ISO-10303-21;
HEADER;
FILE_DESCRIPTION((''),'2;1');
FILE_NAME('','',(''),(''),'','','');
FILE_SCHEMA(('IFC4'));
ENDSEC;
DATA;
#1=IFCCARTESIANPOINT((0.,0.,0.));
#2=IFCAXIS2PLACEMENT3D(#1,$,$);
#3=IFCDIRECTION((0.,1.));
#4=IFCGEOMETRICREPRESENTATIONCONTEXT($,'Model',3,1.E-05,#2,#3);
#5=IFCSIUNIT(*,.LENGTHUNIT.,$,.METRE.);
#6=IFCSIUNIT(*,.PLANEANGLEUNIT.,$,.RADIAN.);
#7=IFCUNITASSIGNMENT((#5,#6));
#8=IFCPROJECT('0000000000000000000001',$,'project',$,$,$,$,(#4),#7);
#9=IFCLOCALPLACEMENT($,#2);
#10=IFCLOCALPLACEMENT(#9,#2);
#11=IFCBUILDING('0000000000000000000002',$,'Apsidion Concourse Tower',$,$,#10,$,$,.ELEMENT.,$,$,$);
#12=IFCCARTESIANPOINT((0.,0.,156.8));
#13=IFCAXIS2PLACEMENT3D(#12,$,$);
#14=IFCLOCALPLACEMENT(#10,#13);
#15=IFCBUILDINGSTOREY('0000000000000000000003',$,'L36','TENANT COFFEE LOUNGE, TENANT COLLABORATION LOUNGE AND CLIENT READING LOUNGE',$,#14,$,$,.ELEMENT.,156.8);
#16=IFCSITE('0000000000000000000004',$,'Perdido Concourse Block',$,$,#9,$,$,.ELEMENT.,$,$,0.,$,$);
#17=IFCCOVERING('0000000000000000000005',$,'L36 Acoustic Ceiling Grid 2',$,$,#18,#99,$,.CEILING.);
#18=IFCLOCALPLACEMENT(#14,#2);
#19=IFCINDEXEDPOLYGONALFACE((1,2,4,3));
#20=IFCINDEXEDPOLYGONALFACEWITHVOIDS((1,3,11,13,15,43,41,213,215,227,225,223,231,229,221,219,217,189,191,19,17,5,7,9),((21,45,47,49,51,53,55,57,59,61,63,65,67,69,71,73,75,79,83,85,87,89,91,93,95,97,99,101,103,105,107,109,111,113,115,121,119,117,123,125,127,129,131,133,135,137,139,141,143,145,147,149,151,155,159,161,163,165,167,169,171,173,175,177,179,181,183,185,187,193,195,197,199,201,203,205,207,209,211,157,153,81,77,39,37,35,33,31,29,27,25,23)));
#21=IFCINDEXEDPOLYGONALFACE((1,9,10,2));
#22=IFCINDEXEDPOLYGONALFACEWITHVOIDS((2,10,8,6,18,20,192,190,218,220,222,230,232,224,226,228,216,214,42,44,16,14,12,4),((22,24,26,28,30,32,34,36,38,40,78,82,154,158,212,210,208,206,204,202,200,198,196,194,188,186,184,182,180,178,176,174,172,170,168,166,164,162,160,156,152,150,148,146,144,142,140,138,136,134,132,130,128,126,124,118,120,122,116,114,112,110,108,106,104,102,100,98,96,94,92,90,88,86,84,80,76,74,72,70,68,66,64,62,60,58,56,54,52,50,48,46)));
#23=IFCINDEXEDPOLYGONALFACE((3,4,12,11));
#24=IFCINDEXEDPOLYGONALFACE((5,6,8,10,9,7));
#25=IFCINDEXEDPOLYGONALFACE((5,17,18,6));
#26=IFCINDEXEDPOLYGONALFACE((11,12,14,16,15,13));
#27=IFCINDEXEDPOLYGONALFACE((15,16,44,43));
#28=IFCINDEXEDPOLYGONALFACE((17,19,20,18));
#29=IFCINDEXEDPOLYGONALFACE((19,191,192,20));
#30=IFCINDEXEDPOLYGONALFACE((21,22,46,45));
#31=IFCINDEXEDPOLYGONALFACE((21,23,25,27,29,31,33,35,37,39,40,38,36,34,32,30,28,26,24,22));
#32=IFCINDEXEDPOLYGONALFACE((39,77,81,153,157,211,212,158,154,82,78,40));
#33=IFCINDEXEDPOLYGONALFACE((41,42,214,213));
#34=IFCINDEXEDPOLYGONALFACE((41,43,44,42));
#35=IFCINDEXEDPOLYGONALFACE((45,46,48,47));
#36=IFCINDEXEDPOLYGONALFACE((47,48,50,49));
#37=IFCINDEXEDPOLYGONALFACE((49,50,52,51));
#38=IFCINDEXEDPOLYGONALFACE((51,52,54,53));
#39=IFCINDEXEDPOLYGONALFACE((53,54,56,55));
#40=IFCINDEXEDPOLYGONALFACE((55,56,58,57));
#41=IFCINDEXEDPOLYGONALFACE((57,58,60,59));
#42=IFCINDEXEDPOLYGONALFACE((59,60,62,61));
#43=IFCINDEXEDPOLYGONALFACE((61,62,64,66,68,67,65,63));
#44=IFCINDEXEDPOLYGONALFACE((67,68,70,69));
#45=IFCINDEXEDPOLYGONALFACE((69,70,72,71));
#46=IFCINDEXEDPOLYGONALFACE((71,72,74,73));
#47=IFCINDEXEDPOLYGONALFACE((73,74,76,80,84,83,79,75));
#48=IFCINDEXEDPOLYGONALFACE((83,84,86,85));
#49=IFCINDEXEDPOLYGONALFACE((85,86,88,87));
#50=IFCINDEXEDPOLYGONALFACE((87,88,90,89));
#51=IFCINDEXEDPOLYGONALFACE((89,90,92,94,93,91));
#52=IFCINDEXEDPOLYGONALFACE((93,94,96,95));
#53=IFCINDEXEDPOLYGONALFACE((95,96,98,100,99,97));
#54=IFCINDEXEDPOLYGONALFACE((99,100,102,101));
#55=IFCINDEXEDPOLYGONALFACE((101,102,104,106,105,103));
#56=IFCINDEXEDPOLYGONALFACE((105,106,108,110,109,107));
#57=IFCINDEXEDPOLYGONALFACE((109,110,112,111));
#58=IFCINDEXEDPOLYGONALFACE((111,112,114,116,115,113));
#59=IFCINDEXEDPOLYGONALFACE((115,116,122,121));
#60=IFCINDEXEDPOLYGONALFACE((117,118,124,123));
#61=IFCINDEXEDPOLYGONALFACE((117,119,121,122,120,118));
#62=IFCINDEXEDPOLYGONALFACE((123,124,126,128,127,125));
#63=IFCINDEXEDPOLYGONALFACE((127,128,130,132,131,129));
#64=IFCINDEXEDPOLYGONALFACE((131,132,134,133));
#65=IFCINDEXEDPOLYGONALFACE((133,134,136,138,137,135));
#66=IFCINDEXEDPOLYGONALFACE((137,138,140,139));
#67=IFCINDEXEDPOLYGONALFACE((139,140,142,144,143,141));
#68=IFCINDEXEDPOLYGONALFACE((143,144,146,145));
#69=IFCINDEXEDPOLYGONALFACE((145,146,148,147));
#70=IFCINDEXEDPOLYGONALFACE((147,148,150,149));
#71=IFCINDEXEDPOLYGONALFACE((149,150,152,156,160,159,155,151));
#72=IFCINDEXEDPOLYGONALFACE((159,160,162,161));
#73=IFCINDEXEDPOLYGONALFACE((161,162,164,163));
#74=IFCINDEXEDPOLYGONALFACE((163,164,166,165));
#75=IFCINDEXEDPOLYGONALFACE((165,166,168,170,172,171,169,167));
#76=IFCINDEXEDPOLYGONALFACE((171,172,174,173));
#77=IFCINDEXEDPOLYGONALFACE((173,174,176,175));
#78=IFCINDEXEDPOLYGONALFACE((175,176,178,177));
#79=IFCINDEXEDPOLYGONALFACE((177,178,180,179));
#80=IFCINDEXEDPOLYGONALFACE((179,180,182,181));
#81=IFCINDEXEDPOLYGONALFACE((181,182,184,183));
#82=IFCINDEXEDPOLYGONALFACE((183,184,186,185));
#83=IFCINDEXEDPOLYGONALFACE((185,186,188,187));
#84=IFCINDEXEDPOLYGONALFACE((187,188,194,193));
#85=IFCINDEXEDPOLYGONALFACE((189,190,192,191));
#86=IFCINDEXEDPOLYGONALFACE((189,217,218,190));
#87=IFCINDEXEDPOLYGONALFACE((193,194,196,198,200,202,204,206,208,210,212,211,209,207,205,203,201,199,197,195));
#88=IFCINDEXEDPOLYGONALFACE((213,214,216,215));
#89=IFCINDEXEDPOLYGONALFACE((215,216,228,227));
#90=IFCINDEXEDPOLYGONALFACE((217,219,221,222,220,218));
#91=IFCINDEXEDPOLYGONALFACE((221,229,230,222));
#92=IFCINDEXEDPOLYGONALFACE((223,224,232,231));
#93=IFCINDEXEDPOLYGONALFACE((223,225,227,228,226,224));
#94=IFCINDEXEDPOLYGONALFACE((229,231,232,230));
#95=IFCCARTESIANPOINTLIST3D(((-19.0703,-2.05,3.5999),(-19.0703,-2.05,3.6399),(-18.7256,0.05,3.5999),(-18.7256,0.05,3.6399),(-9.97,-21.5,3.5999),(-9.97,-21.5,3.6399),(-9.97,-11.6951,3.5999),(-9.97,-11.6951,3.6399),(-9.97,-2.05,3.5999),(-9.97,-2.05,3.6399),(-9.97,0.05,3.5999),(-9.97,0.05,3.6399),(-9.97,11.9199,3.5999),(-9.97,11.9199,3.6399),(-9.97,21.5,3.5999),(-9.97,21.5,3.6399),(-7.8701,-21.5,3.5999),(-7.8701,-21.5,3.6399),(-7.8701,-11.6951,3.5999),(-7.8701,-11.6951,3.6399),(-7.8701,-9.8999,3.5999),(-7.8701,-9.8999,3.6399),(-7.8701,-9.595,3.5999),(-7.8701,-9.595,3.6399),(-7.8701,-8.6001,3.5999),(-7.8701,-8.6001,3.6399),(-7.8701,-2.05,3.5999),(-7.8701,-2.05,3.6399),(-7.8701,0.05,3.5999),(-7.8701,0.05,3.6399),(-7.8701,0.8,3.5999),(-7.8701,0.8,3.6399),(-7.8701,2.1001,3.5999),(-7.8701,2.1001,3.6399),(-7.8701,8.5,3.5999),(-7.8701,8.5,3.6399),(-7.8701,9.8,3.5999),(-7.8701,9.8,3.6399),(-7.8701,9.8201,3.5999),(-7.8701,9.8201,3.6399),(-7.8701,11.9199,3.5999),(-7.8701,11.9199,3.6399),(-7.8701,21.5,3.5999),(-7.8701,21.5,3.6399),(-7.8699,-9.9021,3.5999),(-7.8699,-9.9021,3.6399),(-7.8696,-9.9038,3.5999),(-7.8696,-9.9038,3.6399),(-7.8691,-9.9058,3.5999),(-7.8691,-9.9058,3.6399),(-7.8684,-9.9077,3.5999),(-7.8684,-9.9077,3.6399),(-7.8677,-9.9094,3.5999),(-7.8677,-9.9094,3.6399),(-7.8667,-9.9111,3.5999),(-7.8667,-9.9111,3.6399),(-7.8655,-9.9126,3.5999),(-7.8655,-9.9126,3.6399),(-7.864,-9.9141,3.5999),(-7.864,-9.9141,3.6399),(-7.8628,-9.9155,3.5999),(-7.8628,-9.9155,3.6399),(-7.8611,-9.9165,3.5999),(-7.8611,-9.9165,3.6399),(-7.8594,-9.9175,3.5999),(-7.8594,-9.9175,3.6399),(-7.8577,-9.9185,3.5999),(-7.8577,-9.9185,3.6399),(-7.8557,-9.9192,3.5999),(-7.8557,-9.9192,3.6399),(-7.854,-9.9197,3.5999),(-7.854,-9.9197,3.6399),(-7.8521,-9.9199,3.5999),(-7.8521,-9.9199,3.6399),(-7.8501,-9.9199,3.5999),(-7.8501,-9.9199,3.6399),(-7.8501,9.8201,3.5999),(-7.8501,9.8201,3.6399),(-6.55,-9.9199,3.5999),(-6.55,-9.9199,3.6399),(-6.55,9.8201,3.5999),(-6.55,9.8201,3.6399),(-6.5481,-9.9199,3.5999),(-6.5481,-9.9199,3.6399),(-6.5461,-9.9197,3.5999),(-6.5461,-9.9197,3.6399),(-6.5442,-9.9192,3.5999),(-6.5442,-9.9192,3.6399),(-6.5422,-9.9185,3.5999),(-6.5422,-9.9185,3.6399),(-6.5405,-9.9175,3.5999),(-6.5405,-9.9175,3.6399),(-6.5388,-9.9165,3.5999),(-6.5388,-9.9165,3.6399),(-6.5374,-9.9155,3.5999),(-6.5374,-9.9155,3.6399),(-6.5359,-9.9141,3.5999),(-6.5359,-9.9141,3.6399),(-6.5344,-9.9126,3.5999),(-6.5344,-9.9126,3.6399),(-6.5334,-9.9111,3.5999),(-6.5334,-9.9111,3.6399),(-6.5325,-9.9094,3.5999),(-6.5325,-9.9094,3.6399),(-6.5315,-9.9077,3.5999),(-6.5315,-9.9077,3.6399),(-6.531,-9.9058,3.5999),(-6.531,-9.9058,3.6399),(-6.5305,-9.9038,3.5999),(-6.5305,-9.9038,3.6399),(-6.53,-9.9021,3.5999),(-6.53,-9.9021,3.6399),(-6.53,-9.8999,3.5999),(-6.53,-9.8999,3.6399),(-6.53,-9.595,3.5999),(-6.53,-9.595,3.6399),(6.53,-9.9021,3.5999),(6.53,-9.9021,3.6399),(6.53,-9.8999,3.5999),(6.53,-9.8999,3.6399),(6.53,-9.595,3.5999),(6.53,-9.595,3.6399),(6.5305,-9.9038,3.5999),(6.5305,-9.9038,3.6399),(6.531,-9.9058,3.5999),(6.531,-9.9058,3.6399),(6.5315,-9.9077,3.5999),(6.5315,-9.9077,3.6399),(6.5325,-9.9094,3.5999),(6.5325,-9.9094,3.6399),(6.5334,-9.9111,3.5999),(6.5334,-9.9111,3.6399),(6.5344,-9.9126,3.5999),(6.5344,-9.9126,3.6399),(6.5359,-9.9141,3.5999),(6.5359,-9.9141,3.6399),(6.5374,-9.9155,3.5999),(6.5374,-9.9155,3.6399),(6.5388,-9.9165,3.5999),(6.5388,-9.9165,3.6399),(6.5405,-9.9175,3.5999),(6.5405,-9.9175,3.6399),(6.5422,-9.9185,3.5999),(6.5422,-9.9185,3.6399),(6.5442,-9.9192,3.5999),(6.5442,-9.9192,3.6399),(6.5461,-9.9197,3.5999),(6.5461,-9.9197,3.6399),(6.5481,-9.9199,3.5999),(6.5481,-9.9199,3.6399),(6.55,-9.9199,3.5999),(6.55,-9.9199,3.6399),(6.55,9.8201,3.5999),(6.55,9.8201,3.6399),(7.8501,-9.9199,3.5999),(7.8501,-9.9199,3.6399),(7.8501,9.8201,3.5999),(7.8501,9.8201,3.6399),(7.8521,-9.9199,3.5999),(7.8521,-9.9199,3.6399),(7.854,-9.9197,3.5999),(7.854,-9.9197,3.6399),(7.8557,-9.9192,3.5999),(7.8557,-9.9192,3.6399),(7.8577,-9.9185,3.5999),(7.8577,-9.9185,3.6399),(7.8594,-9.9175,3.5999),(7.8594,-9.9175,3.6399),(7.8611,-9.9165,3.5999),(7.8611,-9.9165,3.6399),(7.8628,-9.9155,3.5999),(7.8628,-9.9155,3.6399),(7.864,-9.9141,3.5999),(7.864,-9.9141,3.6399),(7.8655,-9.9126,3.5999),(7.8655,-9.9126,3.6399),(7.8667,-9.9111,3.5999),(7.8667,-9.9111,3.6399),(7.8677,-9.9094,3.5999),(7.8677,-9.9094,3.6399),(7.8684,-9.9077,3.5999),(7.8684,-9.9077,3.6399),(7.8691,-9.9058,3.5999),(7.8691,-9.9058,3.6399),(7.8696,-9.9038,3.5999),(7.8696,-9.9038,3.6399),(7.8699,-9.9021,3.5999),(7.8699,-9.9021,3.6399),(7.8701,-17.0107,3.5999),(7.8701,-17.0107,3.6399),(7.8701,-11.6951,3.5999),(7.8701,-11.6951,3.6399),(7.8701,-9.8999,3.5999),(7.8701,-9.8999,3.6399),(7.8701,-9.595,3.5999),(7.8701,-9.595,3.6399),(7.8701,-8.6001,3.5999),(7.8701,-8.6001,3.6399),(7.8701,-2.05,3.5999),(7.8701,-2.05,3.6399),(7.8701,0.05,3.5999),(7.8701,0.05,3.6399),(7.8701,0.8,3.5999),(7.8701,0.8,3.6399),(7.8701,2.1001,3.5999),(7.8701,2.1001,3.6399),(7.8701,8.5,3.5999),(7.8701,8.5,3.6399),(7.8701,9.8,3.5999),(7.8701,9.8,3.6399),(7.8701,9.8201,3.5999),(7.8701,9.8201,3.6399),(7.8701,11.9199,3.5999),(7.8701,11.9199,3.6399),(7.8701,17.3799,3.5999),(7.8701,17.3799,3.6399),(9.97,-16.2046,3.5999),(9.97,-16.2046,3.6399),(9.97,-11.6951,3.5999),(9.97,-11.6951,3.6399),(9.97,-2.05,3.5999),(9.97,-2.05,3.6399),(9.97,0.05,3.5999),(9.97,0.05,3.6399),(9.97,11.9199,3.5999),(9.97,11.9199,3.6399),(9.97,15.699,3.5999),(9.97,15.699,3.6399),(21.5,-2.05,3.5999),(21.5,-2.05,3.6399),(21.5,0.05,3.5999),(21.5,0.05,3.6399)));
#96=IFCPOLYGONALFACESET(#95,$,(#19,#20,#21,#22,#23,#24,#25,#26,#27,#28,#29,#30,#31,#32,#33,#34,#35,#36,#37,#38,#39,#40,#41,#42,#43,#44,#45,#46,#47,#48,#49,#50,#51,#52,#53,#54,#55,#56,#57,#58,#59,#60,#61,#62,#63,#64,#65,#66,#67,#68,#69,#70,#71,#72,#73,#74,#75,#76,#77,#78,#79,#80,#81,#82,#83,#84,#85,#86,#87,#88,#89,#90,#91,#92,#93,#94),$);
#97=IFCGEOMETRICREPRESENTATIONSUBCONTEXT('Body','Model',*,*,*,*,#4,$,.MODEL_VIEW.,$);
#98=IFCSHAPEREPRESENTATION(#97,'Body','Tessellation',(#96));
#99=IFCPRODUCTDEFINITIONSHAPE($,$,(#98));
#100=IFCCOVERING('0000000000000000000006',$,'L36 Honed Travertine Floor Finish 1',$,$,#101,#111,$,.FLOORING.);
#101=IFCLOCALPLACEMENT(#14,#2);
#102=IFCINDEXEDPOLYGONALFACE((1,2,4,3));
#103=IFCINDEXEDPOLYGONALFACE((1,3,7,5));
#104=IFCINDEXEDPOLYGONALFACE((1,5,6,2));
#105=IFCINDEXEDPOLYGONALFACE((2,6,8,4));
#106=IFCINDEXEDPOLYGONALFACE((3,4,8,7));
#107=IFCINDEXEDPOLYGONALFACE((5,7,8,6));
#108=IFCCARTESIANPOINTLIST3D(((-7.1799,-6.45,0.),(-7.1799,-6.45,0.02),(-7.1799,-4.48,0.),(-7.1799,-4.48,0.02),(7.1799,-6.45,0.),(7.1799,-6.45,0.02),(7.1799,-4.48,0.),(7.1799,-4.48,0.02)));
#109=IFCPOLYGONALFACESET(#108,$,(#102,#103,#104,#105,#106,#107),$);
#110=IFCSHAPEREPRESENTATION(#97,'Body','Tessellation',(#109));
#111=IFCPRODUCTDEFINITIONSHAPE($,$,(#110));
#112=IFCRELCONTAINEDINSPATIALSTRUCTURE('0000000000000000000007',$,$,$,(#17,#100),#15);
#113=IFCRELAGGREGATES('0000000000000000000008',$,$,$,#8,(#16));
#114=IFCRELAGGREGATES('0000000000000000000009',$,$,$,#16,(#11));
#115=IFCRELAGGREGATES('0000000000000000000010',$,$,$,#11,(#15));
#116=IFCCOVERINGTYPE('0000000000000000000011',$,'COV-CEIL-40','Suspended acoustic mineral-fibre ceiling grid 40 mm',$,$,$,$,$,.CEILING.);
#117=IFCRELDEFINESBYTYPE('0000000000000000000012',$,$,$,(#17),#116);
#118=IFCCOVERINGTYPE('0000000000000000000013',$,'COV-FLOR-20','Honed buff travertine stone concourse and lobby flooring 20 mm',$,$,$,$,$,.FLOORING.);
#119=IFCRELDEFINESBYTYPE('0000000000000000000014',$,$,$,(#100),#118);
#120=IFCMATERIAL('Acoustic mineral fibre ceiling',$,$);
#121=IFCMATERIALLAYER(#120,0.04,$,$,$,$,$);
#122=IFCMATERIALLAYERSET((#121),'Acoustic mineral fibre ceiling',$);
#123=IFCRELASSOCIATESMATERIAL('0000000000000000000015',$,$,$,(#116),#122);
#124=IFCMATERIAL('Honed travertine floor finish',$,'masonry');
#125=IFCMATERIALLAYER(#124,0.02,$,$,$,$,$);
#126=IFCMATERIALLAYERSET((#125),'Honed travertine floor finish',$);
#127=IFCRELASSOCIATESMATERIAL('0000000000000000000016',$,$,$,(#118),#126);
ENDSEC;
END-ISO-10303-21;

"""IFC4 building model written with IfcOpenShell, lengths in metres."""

from ifc_helpers import new_model, si_unit, direction, frame, origin, place, context, subcontext, project, spatial, polyline, outline, extrude, material, layer, layer_set, type_object, element, save


model = new_model("IFC4")

# Units and contexts
model_context = context("Model", 3, precision=1e-05, world=origin(), true_north=direction((0.0, 1.0)))
body_context = subcontext(model_context, "Body", "Model", "MODEL_VIEW")
ifc_project = project(units=[si_unit("LENGTHUNIT", "METRE"), si_unit("PLANEANGLEUNIT", "RADIAN")], contexts=[model_context])

# Site, building, storey
site_placement = place(None, origin())
site = spatial("IfcSite", under=ifc_project, at=site_placement, Name="Perdido Concourse Block", CompositionType="ELEMENT", RefElevation=0.0)
building_placement = place(site_placement, origin())
building = spatial("IfcBuilding", under=site, at=building_placement, Name="Apsidion Concourse Tower", CompositionType="ELEMENT")
storey_placement = place(building_placement, frame((0.0, 0.0, 156.8)))
storey = spatial("IfcBuildingStorey", under=building, at=storey_placement, Name="L36", Description="TENANT COFFEE LOUNGE, TENANT COLLABORATION LOUNGE AND CLIENT READING LOUNGE", CompositionType="ELEMENT", Elevation=156.8)

# Coverings
ifc_material_1 = material(Name="Acoustic mineral fibre ceiling")
ifc_layer_1 = layer(ifc_material_1, 0.04)
ifc_layer_set_1 = layer_set([ifc_layer_1], Name="Acoustic mineral fibre ceiling")
covering_type_1 = type_object("IfcCoveringType", Name="COV-CEIL-40", Description="Suspended acoustic mineral-fibre ceiling grid 40 mm", PredefinedType="CEILING", material=ifc_layer_set_1)
covering_1_placement = place(storey_placement, frame((0.0, 0.0, 3.5999)))
element("IfcCovering", 1, at=covering_1_placement, inside=storey, type_object=covering_type_1, Name="L36 Acoustic Ceiling Grid 2", PredefinedType="CEILING", context=body_context, shape_type="SweptSolid", body=[
    extrude(outline(polyline([(9.97, -16.2046), (7.8701, -17.0107), (7.8701, -11.6951), (-7.8701, -11.6951), (-7.8701, -21.5), (-9.97, -21.5), (-9.97, -11.6951), (-9.97, -2.05), (-19.0703, -2.05), (-18.7256, 0.05), (-9.97, 0.05), (-9.97, 11.9199), (-9.97, 21.5), (-7.8701, 21.5), (-7.8701, 11.9199), (7.8701, 11.9199), (7.8701, 17.3799), (9.97, 15.699), (9.97, 11.9199), (9.97, 0.05), (21.5, 0.05), (21.5, -2.05), (9.97, -2.05), (9.97, -11.6951), (9.97, -16.2046)]), holes=[polyline([(7.8701, -8.6001), (7.8701, -2.05), (7.8701, 0.05), (7.8701, 0.8), (7.8701, 2.1001), (7.8701, 8.5), (7.8701, 9.8), (7.8701, 9.8201), (7.8501, 9.8201), (6.55, 9.8201), (-6.55, 9.8201), (-7.8501, 9.8201), (-7.8701, 9.8201), (-7.8701, 9.8), (-7.8701, 8.5), (-7.8701, 2.1001), (-7.8701, 0.8), (-7.8701, 0.05), (-7.8701, -2.05), (-7.8701, -8.6001), (-7.8701, -9.595), (-7.8701, -9.8999), (-7.8699, -9.9021), (-7.8696, -9.9038), (-7.8691, -9.9058), (-7.8684, -9.9077), (-7.8677, -9.9094), (-7.8667, -9.9111), (-7.8655, -9.9126), (-7.864, -9.9141), (-7.8628, -9.9155), (-7.8611, -9.9165), (-7.8594, -9.9175), (-7.8577, -9.9185), (-7.8557, -9.9192), (-7.854, -9.9197), (-7.8521, -9.9199), (-7.8501, -9.9199), (-6.55, -9.9199), (-6.5481, -9.9199), (-6.5461, -9.9197), (-6.5442, -9.9192), (-6.5422, -9.9185), (-6.5405, -9.9175), (-6.5388, -9.9165), (-6.5374, -9.9155), (-6.5359, -9.9141), (-6.5344, -9.9126), (-6.5334, -9.9111), (-6.5325, -9.9094), (-6.5315, -9.9077), (-6.531, -9.9058), (-6.5305, -9.9038), (-6.53, -9.9021), (-6.53, -9.8999), (-6.53, -9.595), (6.53, -9.595), (6.53, -9.8999), (6.53, -9.9021), (6.5305, -9.9038), (6.531, -9.9058), (6.5315, -9.9077), (6.5325, -9.9094), (6.5334, -9.9111), (6.5344, -9.9126), (6.5359, -9.9141), (6.5374, -9.9155), (6.5388, -9.9165), (6.5405, -9.9175), (6.5422, -9.9185), (6.5442, -9.9192), (6.5461, -9.9197), (6.5481, -9.9199), (6.55, -9.9199), (7.8501, -9.9199), (7.8521, -9.9199), (7.854, -9.9197), (7.8557, -9.9192), (7.8577, -9.9185), (7.8594, -9.9175), (7.8611, -9.9165), (7.8628, -9.9155), (7.864, -9.9141), (7.8655, -9.9126), (7.8667, -9.9111), (7.8677, -9.9094), (7.8684, -9.9077), (7.8691, -9.9058), (7.8696, -9.9038), (7.8699, -9.9021), (7.8701, -9.8999), (7.8701, -9.595), (7.8701, -8.6001)])]), origin(), (0.0, 0.0, 1.0), 0.04),
])
ifc_material_2 = material(Name="Honed travertine floor finish", Category="masonry")
ifc_layer_2 = layer(ifc_material_2, 0.02)
ifc_layer_set_2 = layer_set([ifc_layer_2], Name="Honed travertine floor finish")
covering_type_2 = type_object("IfcCoveringType", Name="COV-FLOR-20", Description="Honed buff travertine stone concourse and lobby flooring 20 mm", PredefinedType="FLOORING", material=ifc_layer_set_2)
covering_2_placement = place(storey_placement, origin())
element("IfcCovering", 2, at=covering_2_placement, inside=storey, type_object=covering_type_2, Name="L36 Honed Travertine Floor Finish 1", PredefinedType="FLOORING", context=body_context, shape_type="SweptSolid", body=[
    extrude(outline(polyline([(-7.1799, -6.45), (-7.1799, -4.48), (7.1799, -4.48), (7.1799, -6.45), (-7.1799, -6.45)])), origin(), (0.0, 0.0, 1.0), 0.02),
])

save(model, "model.ifc")
